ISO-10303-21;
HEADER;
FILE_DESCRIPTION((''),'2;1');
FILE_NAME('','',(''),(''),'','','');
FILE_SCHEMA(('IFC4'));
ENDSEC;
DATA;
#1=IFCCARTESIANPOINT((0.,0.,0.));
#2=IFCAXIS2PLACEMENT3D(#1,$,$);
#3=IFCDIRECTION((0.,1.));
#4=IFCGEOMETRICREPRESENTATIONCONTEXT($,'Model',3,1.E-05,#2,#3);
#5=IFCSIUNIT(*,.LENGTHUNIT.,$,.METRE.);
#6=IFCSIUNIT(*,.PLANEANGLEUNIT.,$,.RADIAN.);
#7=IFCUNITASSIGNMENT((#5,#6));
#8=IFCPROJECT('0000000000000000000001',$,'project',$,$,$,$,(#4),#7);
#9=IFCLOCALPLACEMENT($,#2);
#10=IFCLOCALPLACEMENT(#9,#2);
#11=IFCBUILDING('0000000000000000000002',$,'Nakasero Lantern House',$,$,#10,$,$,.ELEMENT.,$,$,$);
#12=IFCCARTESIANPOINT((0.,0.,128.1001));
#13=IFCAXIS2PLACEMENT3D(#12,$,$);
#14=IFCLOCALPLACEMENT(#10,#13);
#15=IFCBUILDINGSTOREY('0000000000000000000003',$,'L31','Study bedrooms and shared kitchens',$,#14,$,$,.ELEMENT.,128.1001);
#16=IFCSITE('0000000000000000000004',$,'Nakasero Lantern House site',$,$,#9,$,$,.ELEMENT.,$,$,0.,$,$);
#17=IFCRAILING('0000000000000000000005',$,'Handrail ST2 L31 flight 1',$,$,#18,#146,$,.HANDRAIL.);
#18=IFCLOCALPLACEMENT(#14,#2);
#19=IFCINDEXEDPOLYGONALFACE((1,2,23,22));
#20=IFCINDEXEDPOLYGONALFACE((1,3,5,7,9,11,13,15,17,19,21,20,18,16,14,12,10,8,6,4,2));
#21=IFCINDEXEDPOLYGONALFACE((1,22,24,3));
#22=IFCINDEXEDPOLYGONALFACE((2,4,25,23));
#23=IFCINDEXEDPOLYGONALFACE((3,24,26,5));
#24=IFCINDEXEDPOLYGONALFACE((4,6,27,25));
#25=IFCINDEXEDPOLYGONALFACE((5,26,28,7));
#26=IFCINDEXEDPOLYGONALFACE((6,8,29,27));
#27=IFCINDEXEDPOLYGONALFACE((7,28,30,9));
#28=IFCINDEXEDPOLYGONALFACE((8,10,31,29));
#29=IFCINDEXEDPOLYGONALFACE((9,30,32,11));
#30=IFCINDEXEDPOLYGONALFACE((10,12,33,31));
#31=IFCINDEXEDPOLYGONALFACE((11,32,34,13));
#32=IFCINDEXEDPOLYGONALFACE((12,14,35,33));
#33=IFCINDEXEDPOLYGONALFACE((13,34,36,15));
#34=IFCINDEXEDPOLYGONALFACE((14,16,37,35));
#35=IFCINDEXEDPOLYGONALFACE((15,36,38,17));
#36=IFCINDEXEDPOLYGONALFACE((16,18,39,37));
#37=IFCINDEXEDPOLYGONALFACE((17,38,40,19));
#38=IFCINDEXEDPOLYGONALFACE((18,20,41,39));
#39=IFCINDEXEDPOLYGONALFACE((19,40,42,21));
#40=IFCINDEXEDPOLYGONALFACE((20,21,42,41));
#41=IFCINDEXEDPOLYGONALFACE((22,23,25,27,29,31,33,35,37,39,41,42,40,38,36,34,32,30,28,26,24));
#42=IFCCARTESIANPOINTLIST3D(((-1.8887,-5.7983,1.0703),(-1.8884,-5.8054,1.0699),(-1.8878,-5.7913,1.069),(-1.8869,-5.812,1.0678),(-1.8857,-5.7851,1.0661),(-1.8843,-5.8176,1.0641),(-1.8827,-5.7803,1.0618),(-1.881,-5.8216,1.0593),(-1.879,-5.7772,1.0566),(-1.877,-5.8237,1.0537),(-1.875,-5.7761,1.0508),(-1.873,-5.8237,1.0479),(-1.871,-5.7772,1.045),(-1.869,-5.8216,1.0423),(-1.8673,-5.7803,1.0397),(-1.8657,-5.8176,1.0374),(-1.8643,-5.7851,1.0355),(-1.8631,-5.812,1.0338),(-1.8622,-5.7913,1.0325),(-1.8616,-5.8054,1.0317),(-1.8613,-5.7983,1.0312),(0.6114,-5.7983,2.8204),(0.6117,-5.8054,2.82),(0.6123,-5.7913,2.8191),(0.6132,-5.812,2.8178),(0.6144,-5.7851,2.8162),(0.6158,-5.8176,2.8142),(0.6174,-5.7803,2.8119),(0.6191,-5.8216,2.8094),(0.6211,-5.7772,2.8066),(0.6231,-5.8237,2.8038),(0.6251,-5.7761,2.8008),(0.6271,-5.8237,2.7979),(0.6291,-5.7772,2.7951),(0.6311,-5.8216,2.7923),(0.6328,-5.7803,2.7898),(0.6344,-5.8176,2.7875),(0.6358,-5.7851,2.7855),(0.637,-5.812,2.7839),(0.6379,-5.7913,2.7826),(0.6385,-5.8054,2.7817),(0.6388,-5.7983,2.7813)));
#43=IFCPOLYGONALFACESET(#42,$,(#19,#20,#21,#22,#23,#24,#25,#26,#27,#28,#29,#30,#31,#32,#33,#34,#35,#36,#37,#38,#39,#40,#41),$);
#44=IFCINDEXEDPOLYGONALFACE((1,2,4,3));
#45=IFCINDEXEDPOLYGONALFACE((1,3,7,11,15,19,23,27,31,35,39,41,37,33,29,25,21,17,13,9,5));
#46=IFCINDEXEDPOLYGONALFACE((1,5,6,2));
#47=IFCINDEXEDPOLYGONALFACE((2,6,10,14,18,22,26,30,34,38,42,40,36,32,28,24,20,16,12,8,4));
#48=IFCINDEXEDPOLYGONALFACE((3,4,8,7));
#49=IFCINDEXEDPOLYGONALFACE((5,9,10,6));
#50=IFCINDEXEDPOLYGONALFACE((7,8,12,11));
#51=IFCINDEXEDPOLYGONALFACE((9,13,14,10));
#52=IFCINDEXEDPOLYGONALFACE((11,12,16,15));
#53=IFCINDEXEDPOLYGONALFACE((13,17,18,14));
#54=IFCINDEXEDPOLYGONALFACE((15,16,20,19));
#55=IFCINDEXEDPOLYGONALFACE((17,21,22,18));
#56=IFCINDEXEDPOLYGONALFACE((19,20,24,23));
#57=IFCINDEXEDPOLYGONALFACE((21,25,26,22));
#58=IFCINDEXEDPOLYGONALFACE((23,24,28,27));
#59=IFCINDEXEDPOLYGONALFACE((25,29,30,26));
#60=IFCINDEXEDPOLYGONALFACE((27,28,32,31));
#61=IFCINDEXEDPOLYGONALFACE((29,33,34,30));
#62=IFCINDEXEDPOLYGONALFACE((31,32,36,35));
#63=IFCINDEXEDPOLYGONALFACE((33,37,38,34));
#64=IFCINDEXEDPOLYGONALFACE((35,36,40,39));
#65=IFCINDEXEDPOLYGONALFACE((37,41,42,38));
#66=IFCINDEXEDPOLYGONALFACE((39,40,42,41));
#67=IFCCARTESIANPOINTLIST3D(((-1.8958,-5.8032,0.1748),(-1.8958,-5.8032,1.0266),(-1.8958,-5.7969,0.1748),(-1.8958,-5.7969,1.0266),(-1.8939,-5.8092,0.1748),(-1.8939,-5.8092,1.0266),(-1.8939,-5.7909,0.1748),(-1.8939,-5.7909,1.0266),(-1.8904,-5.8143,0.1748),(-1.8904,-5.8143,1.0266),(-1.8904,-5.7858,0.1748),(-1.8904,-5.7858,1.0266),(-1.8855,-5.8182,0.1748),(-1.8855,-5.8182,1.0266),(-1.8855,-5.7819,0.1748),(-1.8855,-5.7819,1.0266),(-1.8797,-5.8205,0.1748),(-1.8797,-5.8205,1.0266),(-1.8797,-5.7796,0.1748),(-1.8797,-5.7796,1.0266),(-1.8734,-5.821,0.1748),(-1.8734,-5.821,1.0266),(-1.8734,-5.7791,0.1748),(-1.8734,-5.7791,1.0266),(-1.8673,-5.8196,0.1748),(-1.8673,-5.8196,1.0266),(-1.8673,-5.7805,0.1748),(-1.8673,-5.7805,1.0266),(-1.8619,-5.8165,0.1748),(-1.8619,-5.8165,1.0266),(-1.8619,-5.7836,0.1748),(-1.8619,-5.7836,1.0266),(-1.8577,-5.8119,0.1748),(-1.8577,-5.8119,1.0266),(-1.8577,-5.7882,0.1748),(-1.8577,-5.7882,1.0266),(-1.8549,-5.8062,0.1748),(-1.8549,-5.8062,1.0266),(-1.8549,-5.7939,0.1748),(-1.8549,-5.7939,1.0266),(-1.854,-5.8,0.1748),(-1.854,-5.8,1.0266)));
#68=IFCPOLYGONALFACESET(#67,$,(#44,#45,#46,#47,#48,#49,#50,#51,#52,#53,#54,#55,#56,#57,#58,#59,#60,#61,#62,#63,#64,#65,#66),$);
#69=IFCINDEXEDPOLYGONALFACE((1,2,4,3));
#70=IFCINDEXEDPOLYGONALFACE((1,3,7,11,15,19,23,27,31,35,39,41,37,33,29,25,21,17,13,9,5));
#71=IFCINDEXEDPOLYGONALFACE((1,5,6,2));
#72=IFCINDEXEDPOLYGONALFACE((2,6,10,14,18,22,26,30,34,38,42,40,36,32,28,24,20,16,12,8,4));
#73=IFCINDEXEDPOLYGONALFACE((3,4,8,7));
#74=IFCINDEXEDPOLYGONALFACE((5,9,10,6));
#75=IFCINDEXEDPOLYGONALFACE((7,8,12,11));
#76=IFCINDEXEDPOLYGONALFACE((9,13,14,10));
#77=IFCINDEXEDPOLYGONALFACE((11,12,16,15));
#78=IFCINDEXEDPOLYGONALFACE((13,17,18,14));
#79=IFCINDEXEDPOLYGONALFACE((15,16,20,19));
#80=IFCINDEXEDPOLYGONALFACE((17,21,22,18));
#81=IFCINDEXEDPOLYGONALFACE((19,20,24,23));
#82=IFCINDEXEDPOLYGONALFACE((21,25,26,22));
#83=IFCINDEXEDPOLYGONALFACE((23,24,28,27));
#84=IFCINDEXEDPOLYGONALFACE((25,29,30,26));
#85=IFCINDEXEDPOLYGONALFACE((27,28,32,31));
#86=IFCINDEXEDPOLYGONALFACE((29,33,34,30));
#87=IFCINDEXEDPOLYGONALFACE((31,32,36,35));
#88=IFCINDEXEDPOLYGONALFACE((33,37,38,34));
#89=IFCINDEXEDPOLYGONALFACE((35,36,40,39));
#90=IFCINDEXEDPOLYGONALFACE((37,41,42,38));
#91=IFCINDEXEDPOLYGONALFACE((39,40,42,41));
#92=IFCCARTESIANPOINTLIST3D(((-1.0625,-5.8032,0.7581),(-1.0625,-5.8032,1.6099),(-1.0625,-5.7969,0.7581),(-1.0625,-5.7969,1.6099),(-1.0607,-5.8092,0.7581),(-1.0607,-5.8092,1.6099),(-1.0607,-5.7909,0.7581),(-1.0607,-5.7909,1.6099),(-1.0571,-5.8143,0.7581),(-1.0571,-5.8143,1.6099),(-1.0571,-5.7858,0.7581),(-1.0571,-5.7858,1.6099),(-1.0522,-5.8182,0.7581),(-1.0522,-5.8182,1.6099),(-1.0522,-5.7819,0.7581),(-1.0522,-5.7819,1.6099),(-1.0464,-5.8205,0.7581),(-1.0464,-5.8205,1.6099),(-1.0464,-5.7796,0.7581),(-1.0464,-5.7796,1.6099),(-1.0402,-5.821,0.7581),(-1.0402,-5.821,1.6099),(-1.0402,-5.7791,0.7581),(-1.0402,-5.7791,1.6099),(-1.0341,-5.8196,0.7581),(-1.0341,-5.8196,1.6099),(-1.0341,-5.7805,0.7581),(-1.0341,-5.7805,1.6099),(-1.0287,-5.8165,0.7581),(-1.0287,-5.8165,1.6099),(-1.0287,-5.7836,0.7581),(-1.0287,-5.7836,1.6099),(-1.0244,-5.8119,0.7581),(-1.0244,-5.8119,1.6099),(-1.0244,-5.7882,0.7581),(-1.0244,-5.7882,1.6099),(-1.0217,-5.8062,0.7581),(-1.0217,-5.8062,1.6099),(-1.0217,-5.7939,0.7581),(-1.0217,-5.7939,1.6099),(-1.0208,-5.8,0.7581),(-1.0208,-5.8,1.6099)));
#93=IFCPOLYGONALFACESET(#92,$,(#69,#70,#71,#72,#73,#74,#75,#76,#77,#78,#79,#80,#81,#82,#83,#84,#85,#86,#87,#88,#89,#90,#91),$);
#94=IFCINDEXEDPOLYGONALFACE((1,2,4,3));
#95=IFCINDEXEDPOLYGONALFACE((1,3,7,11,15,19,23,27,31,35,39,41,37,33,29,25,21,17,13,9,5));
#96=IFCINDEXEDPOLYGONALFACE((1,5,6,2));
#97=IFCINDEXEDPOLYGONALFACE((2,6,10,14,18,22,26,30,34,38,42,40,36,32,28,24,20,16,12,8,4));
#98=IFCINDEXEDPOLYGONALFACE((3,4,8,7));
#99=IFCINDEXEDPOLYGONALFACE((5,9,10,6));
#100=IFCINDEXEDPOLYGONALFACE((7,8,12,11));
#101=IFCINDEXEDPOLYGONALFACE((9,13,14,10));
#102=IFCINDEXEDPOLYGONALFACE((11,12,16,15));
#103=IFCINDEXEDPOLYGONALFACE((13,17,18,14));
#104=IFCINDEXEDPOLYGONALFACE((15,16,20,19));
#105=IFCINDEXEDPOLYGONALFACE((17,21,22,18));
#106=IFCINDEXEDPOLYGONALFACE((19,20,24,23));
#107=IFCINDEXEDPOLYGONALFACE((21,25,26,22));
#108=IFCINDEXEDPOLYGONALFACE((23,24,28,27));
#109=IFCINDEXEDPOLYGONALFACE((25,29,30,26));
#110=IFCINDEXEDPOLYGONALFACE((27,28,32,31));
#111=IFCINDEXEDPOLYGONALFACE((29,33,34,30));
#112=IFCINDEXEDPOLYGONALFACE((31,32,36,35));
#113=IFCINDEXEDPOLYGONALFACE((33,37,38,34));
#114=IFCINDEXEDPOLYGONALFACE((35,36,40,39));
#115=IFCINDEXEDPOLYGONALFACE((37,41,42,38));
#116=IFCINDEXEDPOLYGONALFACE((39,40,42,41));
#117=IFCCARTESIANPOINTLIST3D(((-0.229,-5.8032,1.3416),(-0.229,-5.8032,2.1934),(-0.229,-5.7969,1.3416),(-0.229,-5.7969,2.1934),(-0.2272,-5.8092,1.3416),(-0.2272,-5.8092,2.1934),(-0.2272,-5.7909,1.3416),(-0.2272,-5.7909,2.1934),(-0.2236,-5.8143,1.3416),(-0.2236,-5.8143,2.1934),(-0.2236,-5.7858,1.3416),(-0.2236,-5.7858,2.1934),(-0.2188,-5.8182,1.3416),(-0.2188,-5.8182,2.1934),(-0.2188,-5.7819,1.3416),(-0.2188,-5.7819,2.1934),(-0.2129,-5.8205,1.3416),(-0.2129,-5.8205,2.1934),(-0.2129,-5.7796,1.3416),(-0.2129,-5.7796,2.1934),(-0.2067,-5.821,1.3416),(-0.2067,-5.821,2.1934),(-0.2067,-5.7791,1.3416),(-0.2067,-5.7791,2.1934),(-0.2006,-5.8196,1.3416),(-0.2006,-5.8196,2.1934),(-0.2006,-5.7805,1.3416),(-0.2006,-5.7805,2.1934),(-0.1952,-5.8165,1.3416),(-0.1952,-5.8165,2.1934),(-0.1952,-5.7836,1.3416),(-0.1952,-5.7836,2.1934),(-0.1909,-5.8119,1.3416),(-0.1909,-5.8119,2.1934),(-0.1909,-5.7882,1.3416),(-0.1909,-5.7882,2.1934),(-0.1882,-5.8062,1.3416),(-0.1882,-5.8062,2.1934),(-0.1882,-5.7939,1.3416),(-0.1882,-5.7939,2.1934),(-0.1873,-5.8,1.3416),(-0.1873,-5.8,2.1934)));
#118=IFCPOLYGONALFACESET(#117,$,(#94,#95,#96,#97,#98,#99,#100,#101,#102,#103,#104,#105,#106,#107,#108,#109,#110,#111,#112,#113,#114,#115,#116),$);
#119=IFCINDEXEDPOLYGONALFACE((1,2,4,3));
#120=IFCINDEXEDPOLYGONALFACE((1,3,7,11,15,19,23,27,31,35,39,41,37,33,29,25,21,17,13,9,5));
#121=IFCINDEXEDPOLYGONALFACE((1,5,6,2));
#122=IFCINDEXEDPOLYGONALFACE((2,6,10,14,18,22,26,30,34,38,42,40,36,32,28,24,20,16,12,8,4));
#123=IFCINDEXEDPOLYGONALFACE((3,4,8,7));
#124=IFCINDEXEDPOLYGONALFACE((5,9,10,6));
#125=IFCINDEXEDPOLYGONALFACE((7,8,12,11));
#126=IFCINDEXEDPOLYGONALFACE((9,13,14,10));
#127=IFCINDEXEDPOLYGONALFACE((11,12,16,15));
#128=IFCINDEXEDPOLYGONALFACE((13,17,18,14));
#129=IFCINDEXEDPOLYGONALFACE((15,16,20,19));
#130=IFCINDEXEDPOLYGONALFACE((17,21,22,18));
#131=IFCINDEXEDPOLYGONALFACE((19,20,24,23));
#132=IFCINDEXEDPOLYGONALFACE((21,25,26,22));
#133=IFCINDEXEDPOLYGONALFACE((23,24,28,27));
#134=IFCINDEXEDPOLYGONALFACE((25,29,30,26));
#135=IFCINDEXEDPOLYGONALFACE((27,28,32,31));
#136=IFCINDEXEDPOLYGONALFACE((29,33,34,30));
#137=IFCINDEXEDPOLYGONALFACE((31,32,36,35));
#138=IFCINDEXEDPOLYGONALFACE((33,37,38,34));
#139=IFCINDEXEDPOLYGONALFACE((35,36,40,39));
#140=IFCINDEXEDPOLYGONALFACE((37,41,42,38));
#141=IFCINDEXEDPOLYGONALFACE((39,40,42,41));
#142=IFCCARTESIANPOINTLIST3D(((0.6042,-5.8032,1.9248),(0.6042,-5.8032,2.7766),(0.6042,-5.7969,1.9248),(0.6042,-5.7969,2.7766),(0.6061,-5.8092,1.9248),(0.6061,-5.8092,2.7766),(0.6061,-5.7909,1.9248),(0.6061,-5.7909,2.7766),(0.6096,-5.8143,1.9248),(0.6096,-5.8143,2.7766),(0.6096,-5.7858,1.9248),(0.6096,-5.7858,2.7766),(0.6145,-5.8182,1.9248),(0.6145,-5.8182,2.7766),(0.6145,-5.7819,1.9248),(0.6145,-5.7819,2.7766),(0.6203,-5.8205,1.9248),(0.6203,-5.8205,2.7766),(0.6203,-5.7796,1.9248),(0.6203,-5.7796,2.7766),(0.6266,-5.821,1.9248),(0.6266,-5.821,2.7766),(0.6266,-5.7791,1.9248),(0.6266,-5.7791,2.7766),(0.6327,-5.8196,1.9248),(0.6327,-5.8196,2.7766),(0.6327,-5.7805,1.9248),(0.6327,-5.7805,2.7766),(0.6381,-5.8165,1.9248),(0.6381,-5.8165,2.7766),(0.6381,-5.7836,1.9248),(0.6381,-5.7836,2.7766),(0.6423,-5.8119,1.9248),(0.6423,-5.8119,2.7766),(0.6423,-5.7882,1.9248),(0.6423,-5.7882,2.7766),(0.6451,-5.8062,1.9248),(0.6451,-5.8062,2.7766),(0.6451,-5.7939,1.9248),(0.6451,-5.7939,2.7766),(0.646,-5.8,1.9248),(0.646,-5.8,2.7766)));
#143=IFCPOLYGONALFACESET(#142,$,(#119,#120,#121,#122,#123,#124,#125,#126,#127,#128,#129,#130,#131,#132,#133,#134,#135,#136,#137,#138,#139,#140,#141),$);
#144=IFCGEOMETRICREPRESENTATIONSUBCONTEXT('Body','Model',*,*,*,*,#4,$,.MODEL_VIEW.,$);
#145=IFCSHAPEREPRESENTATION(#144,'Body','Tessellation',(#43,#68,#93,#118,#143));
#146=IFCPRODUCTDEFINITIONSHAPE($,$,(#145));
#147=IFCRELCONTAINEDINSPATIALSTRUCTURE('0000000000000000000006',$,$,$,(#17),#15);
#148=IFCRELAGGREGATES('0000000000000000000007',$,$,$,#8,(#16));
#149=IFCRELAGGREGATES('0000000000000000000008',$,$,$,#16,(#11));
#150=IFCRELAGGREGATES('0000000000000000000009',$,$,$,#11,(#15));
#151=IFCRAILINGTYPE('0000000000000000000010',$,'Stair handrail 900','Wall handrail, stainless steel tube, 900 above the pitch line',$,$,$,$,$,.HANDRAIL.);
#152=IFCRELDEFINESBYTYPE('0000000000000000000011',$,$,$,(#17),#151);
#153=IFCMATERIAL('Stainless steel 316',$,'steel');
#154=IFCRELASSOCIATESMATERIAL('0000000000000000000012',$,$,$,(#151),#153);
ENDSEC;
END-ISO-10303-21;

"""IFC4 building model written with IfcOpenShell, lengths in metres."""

from ifc_helpers import new_model, si_unit, direction, frame, origin, origin_2d, place, context, subcontext, project, spatial, circle, extrude, material, type_object, element, save


model = new_model("IFC4")

# Units and contexts
model_context = context("Model", 3, precision=1e-05, world=origin(), true_north=direction((0.0, 1.0)))
body_context = subcontext(model_context, "Body", "Model", "MODEL_VIEW")
ifc_project = project(units=[si_unit("LENGTHUNIT", "METRE"), si_unit("PLANEANGLEUNIT", "RADIAN")], contexts=[model_context])

# Site, building, storey
site_placement = place(None, origin())
site = spatial("IfcSite", under=ifc_project, at=site_placement, Name="Nakasero Lantern House site", CompositionType="ELEMENT", RefElevation=0.0)
building_placement = place(site_placement, origin())
building = spatial("IfcBuilding", under=site, at=building_placement, Name="Nakasero Lantern House", CompositionType="ELEMENT")
storey_placement = place(building_placement, frame((0.0, 0.0, 128.1001)))
storey = spatial("IfcBuildingStorey", under=building, at=storey_placement, Name="L31", Description="Study bedrooms and shared kitchens", CompositionType="ELEMENT", Elevation=128.1001)

# Railing
ifc_material_1 = material(Name="Stainless steel 316", Category="steel")
railing_type = type_object("IfcRailingType", Name="Stair handrail 900", Description="Wall handrail, stainless steel tube, 900 above the pitch line", PredefinedType="HANDRAIL", material=ifc_material_1)
railing_placement = place(storey_placement, frame((-1.875, -5.8, 0.1748)))
element("IfcRailing", 1, at=railing_placement, inside=storey, type_object=railing_type, Name="Handrail ST2 L31 flight 1", PredefinedType="HANDRAIL", context=body_context, shape_type="SweptSolid", body=[
    extrude(circle(Radius=0.0239, at=origin_2d()), frame((0.0, 0.0, 0.876), z_axis=(0.819232, 0.0, 0.573462), x_axis=(0.0, 1.0, 0.0)), (0.0, 0.0, 1.0), 3.0518),
    extrude(circle(Radius=0.021, at=origin_2d()), origin(), (0.0, 0.0, 1.0), 0.8518),
    extrude(circle(Radius=0.021, at=origin_2d()), frame((0.8333, 0.0, 0.5833)), (0.0, 0.0, 1.0), 0.8518),
    extrude(circle(Radius=0.021, at=origin_2d()), frame((1.6667, 0.0, 1.1667)), (0.0, 0.0, 1.0), 0.8518),
    extrude(circle(Radius=0.021, at=origin_2d()), frame((2.5, 0.0, 1.75)), (0.0, 0.0, 1.0), 0.8518),
])

save(model, "model.ifc")
